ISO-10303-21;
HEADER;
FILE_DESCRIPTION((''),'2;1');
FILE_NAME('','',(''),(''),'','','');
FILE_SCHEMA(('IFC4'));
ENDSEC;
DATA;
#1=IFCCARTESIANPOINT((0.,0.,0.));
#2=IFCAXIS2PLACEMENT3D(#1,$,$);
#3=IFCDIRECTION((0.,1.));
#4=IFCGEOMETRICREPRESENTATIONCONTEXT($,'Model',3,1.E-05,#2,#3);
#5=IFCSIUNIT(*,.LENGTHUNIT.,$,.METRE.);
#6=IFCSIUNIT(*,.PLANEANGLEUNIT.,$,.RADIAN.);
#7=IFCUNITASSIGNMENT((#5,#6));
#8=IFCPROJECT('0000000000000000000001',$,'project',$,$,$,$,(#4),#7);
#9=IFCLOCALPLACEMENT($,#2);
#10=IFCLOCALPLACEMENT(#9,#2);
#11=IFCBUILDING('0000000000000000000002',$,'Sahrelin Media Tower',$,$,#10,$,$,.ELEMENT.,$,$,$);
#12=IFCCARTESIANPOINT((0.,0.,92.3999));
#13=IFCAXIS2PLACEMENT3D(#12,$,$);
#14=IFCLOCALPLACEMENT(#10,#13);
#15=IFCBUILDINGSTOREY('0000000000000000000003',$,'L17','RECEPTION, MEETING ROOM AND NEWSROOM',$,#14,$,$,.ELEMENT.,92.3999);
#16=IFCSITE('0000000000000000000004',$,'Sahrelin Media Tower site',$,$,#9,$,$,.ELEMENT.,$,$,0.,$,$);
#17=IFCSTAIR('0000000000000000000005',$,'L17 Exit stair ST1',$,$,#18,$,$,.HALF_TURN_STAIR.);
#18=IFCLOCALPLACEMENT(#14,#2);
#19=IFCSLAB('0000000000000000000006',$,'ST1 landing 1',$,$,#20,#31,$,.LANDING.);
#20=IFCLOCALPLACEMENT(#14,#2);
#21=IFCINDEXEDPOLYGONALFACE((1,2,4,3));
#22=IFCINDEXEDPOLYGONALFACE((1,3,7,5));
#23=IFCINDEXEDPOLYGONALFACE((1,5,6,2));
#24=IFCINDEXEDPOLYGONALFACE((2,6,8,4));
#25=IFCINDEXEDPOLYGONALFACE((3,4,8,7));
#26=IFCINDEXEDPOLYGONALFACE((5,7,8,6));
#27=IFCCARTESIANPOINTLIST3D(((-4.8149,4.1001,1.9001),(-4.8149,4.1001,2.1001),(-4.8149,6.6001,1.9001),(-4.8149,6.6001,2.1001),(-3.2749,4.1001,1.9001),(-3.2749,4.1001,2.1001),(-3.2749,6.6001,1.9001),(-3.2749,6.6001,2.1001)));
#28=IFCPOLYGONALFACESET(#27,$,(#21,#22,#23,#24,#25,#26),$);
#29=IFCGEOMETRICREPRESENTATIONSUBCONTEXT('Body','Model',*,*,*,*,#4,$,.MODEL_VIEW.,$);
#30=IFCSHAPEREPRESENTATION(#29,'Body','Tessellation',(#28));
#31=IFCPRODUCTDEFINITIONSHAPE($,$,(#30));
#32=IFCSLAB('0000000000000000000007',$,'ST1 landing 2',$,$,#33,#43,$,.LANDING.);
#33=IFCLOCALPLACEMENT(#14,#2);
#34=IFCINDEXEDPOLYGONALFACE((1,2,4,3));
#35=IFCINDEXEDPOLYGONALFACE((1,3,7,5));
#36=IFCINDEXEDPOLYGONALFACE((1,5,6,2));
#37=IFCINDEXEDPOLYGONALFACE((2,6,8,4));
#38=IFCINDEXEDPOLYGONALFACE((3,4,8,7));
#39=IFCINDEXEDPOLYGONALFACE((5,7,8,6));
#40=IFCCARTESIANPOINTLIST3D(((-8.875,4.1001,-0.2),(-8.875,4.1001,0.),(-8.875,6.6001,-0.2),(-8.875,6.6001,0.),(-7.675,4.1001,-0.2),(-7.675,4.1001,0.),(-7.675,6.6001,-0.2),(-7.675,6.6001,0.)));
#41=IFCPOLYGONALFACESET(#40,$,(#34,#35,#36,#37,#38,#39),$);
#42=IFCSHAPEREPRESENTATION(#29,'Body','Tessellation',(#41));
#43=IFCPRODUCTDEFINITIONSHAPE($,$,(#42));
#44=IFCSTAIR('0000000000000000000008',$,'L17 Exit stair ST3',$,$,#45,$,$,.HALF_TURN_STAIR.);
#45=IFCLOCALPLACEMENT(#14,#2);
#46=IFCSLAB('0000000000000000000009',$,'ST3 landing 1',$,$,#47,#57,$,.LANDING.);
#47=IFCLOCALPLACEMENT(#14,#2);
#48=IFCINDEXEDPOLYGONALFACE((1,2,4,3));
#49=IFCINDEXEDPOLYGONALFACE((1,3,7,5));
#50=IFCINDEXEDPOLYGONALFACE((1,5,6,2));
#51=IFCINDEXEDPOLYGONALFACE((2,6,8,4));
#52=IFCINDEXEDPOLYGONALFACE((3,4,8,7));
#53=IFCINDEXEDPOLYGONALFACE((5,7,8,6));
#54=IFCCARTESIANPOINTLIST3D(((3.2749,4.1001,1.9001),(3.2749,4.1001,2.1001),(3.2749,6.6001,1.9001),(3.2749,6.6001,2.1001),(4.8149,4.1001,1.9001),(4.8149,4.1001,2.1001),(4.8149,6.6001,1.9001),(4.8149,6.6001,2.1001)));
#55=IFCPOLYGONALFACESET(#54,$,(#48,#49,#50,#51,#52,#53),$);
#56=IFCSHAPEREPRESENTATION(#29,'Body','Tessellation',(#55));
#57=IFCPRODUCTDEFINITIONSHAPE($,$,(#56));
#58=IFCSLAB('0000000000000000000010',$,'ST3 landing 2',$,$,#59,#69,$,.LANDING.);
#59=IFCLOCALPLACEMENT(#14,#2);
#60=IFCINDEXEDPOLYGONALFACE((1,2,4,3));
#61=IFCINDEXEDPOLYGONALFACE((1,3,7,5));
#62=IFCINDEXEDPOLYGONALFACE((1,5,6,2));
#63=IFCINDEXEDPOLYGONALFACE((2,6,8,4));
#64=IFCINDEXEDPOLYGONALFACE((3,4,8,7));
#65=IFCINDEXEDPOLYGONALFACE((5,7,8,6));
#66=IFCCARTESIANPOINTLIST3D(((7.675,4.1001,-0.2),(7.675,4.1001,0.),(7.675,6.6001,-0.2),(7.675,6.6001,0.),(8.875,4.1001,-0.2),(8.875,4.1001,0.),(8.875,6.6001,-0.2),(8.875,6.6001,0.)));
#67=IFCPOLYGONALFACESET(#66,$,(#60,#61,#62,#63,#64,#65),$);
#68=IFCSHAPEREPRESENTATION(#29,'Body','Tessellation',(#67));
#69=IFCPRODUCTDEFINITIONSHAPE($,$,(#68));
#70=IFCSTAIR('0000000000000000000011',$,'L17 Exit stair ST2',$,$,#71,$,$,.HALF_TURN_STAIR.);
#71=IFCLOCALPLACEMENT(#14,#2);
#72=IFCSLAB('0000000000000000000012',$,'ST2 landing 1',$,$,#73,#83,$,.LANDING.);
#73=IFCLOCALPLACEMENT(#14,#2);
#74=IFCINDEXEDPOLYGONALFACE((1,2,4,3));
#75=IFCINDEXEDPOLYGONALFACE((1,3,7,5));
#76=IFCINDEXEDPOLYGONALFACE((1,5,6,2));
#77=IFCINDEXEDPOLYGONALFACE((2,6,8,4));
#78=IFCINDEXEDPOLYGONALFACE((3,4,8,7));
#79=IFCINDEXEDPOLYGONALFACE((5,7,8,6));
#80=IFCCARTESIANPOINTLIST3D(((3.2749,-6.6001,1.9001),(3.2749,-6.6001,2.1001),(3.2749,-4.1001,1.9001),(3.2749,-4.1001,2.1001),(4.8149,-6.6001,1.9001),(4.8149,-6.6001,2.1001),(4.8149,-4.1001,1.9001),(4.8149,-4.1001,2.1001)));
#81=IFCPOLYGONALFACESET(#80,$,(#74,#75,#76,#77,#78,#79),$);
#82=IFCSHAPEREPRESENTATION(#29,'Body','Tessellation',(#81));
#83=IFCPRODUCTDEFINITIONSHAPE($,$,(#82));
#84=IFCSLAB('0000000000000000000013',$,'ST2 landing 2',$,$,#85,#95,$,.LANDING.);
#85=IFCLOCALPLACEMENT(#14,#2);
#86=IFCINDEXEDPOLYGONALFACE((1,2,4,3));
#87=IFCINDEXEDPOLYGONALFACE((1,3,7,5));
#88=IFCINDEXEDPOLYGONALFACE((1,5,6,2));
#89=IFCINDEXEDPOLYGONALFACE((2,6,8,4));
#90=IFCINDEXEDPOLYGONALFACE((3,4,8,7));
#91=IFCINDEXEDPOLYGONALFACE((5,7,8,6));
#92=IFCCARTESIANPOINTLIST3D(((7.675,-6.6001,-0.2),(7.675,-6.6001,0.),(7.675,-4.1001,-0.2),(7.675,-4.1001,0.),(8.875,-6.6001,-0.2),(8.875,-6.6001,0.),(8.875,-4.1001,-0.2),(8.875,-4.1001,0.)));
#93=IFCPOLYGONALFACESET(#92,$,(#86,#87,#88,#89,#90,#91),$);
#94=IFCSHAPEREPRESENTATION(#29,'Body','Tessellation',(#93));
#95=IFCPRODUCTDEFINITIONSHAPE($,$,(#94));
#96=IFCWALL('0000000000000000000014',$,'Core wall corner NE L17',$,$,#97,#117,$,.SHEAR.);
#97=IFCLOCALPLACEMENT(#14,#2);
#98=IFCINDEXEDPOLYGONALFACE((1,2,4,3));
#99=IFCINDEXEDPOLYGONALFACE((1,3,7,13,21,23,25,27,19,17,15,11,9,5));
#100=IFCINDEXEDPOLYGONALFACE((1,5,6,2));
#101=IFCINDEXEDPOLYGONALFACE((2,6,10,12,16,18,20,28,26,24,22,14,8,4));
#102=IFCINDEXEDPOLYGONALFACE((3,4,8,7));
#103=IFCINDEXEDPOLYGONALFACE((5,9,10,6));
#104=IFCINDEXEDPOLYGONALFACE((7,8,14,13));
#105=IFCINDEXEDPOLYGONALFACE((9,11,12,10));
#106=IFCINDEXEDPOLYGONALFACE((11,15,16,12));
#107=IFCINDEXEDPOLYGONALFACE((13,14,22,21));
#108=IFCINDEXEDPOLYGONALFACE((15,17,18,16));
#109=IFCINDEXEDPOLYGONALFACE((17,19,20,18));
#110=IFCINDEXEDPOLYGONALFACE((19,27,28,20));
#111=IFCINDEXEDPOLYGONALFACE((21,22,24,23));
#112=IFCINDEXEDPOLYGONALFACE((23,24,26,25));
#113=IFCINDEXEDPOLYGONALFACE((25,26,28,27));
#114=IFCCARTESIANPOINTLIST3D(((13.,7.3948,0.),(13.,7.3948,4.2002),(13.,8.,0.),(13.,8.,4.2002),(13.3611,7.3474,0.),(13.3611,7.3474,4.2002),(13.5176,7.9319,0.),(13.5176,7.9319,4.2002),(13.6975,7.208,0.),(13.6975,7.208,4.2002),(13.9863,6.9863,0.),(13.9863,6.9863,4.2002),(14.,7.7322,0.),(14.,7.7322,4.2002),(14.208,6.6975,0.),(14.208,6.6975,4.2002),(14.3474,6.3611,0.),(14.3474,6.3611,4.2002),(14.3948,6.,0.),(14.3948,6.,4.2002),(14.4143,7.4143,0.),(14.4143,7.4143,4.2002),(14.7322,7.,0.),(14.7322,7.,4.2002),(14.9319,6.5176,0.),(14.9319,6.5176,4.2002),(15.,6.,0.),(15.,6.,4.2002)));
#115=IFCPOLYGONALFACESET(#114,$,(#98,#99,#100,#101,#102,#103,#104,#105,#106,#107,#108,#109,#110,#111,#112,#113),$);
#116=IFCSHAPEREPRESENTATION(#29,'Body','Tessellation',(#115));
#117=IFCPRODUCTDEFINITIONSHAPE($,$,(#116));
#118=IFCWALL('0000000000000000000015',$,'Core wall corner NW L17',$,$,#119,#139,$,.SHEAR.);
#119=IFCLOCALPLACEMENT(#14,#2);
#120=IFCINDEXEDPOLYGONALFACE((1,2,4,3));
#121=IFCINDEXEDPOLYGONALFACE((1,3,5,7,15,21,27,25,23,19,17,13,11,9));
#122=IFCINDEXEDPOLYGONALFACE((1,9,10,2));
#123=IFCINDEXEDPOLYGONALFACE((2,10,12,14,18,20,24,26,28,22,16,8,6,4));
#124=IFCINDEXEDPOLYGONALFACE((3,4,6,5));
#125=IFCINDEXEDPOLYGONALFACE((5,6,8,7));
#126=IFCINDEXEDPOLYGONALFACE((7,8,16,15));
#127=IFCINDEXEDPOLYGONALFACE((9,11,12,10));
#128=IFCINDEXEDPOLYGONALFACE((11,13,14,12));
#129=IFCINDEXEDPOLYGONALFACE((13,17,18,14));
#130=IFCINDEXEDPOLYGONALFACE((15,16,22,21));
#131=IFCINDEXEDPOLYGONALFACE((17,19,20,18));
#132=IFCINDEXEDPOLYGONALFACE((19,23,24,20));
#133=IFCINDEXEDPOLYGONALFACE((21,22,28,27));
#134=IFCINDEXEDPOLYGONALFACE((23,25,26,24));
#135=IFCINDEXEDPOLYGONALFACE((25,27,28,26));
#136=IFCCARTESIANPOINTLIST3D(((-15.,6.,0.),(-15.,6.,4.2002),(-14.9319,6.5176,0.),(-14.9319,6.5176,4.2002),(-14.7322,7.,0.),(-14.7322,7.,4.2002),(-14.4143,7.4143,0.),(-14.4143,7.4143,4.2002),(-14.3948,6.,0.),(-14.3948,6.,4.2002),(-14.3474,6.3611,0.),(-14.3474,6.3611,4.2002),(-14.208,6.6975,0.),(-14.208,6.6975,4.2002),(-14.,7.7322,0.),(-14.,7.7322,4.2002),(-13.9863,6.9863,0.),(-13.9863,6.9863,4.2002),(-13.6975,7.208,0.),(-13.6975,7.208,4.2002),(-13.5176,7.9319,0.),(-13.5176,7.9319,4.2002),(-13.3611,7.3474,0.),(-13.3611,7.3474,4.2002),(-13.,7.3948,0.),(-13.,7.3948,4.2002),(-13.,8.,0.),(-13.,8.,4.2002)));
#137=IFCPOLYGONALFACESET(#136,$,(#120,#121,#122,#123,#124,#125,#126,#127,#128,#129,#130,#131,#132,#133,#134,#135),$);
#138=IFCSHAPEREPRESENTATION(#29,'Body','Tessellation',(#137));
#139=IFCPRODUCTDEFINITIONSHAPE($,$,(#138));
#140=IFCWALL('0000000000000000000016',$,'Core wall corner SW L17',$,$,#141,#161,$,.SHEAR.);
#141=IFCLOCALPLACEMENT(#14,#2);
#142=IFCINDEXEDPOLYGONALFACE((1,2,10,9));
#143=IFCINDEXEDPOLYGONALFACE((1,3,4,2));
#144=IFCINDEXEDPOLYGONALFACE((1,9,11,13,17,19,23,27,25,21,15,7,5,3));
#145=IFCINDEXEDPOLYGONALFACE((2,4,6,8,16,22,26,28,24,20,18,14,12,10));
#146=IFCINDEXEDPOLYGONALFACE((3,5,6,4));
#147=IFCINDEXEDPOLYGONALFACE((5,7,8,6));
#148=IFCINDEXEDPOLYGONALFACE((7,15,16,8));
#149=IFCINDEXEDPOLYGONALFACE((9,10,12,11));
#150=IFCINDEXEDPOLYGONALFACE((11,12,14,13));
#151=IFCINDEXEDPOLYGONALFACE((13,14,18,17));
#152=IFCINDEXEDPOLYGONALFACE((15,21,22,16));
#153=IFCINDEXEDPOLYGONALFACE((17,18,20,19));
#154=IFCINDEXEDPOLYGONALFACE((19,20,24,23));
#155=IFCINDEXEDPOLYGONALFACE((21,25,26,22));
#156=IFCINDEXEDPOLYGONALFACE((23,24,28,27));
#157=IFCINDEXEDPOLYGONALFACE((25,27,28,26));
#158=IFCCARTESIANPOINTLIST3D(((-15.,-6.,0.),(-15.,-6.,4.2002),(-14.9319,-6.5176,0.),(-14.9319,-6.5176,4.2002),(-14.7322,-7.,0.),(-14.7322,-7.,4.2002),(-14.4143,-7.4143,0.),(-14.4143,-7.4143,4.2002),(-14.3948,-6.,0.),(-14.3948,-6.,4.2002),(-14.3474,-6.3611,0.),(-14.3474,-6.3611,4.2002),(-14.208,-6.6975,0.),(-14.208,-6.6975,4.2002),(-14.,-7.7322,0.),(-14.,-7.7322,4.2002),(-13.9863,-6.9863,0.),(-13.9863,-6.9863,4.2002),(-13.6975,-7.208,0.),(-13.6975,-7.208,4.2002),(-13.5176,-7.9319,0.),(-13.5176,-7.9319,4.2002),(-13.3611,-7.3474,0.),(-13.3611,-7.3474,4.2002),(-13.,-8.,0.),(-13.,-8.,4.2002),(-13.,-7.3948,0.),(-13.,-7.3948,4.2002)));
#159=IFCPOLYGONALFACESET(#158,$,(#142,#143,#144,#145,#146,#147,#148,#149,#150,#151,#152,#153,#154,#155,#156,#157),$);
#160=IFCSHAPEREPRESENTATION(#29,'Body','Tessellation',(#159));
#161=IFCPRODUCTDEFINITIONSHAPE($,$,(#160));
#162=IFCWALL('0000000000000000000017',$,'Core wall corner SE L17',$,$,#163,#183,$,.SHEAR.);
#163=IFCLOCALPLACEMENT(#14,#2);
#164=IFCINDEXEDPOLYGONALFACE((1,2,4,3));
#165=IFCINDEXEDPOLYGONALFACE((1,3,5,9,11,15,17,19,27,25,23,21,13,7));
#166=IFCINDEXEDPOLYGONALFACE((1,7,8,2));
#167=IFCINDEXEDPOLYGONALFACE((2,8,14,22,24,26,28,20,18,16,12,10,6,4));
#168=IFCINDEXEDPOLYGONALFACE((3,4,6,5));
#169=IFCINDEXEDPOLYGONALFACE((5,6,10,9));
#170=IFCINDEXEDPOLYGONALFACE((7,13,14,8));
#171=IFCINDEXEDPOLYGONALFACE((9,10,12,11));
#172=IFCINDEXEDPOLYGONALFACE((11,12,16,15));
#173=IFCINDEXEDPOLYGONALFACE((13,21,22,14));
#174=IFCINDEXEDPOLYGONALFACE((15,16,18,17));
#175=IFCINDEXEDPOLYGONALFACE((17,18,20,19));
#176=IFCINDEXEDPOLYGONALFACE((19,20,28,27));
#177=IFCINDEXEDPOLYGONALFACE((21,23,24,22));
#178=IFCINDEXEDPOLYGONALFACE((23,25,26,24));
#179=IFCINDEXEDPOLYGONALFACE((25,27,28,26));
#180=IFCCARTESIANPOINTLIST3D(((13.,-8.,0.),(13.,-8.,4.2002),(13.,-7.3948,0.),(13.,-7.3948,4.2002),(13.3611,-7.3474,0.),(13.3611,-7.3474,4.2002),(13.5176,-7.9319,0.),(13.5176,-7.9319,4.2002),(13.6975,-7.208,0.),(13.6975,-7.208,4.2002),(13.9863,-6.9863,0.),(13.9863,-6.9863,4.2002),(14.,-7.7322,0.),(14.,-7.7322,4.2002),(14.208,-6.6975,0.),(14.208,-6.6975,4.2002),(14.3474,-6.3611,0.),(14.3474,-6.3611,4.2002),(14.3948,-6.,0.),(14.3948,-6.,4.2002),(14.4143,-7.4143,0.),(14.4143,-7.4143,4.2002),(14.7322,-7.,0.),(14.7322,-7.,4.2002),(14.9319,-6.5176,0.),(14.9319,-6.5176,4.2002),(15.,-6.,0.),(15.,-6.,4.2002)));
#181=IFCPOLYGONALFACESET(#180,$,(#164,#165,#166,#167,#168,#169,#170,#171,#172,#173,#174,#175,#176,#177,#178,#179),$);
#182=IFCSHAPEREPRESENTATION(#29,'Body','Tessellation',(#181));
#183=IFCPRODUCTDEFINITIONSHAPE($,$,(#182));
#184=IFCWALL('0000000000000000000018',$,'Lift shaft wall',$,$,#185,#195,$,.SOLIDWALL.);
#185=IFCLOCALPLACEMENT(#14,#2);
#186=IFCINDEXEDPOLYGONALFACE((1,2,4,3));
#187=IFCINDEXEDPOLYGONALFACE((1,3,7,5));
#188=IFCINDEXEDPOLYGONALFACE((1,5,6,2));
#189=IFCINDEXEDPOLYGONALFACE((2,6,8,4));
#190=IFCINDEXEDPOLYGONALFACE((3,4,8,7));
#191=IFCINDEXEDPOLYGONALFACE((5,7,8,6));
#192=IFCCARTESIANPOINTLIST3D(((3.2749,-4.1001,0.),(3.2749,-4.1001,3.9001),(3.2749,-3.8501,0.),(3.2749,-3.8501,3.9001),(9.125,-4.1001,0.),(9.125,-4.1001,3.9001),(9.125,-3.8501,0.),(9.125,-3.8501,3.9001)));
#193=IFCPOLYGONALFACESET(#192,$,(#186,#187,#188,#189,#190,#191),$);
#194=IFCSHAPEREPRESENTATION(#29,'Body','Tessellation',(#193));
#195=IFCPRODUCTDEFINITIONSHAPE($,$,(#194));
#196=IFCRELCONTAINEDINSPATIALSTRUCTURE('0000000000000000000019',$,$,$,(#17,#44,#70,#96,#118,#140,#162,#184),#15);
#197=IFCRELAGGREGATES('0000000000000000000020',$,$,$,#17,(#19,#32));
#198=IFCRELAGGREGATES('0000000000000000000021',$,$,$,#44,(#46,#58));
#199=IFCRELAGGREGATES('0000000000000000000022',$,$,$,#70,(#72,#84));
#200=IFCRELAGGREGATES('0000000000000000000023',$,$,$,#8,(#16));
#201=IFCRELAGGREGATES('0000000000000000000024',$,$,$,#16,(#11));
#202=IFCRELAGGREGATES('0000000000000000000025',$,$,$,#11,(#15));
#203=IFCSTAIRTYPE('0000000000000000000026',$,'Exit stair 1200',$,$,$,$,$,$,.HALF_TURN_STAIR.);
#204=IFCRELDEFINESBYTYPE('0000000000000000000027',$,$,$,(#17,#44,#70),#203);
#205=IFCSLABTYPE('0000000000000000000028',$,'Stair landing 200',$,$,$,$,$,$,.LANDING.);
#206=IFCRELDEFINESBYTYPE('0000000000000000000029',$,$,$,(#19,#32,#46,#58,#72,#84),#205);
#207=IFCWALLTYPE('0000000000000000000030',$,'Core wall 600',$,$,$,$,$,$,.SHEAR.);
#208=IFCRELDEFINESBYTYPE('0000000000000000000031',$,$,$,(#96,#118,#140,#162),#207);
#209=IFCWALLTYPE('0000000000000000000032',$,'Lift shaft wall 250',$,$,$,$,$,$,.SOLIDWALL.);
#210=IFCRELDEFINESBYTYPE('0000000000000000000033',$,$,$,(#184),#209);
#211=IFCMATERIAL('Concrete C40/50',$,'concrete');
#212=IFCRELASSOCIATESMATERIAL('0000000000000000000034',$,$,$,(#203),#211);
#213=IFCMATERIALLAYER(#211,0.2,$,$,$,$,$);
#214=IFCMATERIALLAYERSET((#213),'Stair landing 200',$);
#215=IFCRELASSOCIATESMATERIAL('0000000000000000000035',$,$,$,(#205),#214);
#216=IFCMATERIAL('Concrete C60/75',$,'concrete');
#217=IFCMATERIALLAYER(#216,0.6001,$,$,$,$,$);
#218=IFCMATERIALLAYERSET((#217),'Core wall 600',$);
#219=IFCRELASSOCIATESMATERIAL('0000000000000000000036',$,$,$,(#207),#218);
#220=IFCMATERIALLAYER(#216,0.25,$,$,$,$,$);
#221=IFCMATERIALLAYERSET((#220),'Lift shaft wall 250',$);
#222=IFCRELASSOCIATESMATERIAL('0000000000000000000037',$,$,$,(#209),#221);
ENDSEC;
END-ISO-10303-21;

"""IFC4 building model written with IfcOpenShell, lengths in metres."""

from ifc_helpers import new_model, si_unit, direction, frame, frame_2d, origin, place, context, subcontext, project, spatial, polyline, rectangle, outline, extrude, material, layer, layer_set, type_object, element, aggregate, save


model = new_model("IFC4")

# Units and contexts
model_context = context("Model", 3, precision=1e-05, world=origin(), true_north=direction((0.0, 1.0)))
body_context = subcontext(model_context, "Body", "Model", "MODEL_VIEW")
ifc_project = project(units=[si_unit("LENGTHUNIT", "METRE"), si_unit("PLANEANGLEUNIT", "RADIAN")], contexts=[model_context])

# Site, building, storey
site_placement = place(None, origin())
site = spatial("IfcSite", under=ifc_project, at=site_placement, Name="Sahrelin Media Tower site", CompositionType="ELEMENT", RefElevation=0.0)
building_placement = place(site_placement, origin())
building = spatial("IfcBuilding", under=site, at=building_placement, Name="Sahrelin Media Tower", CompositionType="ELEMENT")
storey_placement = place(building_placement, frame((0.0, 0.0, 92.3999)))
storey = spatial("IfcBuildingStorey", under=building, at=storey_placement, Name="L17", Description="RECEPTION, MEETING ROOM AND NEWSROOM", CompositionType="ELEMENT", Elevation=92.3999)

# Stairs, slabs
ifc_material_1 = material(Name="Concrete C40/50", Category="concrete")
stair_type = type_object("IfcStairType", Name="Exit stair 1200", PredefinedType="HALF_TURN_STAIR", material=ifc_material_1)
placement_1 = place(storey_placement, origin())
stair_1 = element("IfcStair", 1, at=placement_1, inside=storey, type_object=stair_type, Name="L17 Exit stair ST1", PredefinedType="HALF_TURN_STAIR")
ifc_layer_1 = layer(ifc_material_1, 0.2)
ifc_layer_set_1 = layer_set([ifc_layer_1], Name="Stair landing 200")
slab_type = type_object("IfcSlabType", Name="Stair landing 200", PredefinedType="LANDING", material=ifc_layer_set_1)
placement_2 = place(storey_placement, frame((0.0, 0.0, 1.9001)))
slab_1 = element("IfcSlab", 2, at=placement_2, type_object=slab_type, Name="ST1 landing 1", PredefinedType="LANDING", context=body_context, shape_type="SweptSolid", body=[
    extrude(outline(polyline([(-4.8149, 4.1001), (-3.2749, 4.1001), (-3.2749, 6.6001), (-4.8149, 6.6001), (-4.8149, 4.1001)])), origin(), (0.0, 0.0, 1.0), 0.2),
])
placement_3 = place(storey_placement, frame((0.0, 0.0, -0.2)))
slab_2 = element("IfcSlab", 3, at=placement_3, type_object=slab_type, Name="ST1 landing 2", PredefinedType="LANDING", context=body_context, shape_type="SweptSolid", body=[
    extrude(outline(polyline([(-8.875, 4.1001), (-7.675, 4.1001), (-7.675, 6.6001), (-8.875, 6.6001), (-8.875, 4.1001)])), origin(), (0.0, 0.0, 1.0), 0.2),
])
aggregate(stair_1, [slab_1, slab_2])
stair_2 = element("IfcStair", 4, at=placement_1, inside=storey, type_object=stair_type, Name="L17 Exit stair ST3", PredefinedType="HALF_TURN_STAIR")
slab_3 = element("IfcSlab", 5, at=placement_2, type_object=slab_type, Name="ST3 landing 1", PredefinedType="LANDING", context=body_context, shape_type="SweptSolid", body=[
    extrude(outline(polyline([(4.8149, 6.6001), (3.2749, 6.6001), (3.2749, 4.1001), (4.8149, 4.1001), (4.8149, 6.6001)])), origin(), (0.0, 0.0, 1.0), 0.2),
])
slab_4 = element("IfcSlab", 6, at=placement_3, type_object=slab_type, Name="ST3 landing 2", PredefinedType="LANDING", context=body_context, shape_type="SweptSolid", body=[
    extrude(outline(polyline([(8.875, 6.6001), (7.675, 6.6001), (7.675, 4.1001), (8.875, 4.1001), (8.875, 6.6001)])), origin(), (0.0, 0.0, 1.0), 0.2),
])
aggregate(stair_2, [slab_3, slab_4])
stair_3 = element("IfcStair", 7, at=placement_1, inside=storey, type_object=stair_type, Name="L17 Exit stair ST2", PredefinedType="HALF_TURN_STAIR")
slab_5 = element("IfcSlab", 8, at=placement_2, type_object=slab_type, Name="ST2 landing 1", PredefinedType="LANDING", context=body_context, shape_type="SweptSolid", body=[
    extrude(outline(polyline([(4.8149, -4.1001), (3.2749, -4.1001), (3.2749, -6.6001), (4.8149, -6.6001), (4.8149, -4.1001)])), origin(), (0.0, 0.0, 1.0), 0.2),
])
slab_6 = element("IfcSlab", 9, at=placement_3, type_object=slab_type, Name="ST2 landing 2", PredefinedType="LANDING", context=body_context, shape_type="SweptSolid", body=[
    extrude(outline(polyline([(8.875, -4.1001), (7.675, -4.1001), (7.675, -6.6001), (8.875, -6.6001), (8.875, -4.1001)])), origin(), (0.0, 0.0, 1.0), 0.2),
])
aggregate(stair_3, [slab_5, slab_6])

# Walls
ifc_material_2 = material(Name="Concrete C60/75", Category="concrete")
ifc_layer_2 = layer(ifc_material_2, 0.6001)
ifc_layer_set_2 = layer_set([ifc_layer_2], Name="Core wall 600")
wall_type_1 = type_object("IfcWallType", Name="Core wall 600", PredefinedType="SHEAR", material=ifc_layer_set_2)
element("IfcWall", 10, at=placement_1, inside=storey, type_object=wall_type_1, Name="Core wall corner NE L17", PredefinedType="SHEAR", context=body_context, shape_type="SweptSolid", body=[
    extrude(outline(polyline([(13.0, 8.0), (13.0, 7.3948), (13.3611, 7.3474), (13.6975, 7.208), (13.9863, 6.9863), (14.208, 6.6975), (14.3474, 6.3611), (14.3948, 6.0), (15.0, 6.0), (14.9319, 6.5176), (14.7322, 7.0), (14.4143, 7.4143), (14.0, 7.7322), (13.5176, 7.9319), (13.0, 8.0)])), origin(), (0.0, 0.0, 1.0), 4.2002),
])
element("IfcWall", 11, at=placement_1, inside=storey, type_object=wall_type_1, Name="Core wall corner NW L17", PredefinedType="SHEAR", context=body_context, shape_type="SweptSolid", body=[
    extrude(outline(polyline([(-15.0, 6.0), (-14.3948, 6.0), (-14.3474, 6.3611), (-14.208, 6.6975), (-13.9863, 6.9863), (-13.6975, 7.208), (-13.3611, 7.3474), (-13.0, 7.3948), (-13.0, 8.0), (-13.5176, 7.9319), (-14.0, 7.7322), (-14.4143, 7.4143), (-14.7322, 7.0), (-14.9319, 6.5176), (-15.0, 6.0)])), origin(), (0.0, 0.0, 1.0), 4.2002),
])
element("IfcWall", 12, at=placement_1, inside=storey, type_object=wall_type_1, Name="Core wall corner SW L17", PredefinedType="SHEAR", context=body_context, shape_type="SweptSolid", body=[
    extrude(outline(polyline([(-13.0, -8.0), (-13.0, -7.3948), (-13.3611, -7.3474), (-13.6975, -7.208), (-13.9863, -6.9863), (-14.208, -6.6975), (-14.3474, -6.3611), (-14.3948, -6.0), (-15.0, -6.0), (-14.9319, -6.5176), (-14.7322, -7.0), (-14.4143, -7.4143), (-14.0, -7.7322), (-13.5176, -7.9319), (-13.0, -8.0)])), origin(), (0.0, 0.0, 1.0), 4.2002),
])
element("IfcWall", 13, at=placement_1, inside=storey, type_object=wall_type_1, Name="Core wall corner SE L17", PredefinedType="SHEAR", context=body_context, shape_type="SweptSolid", body=[
    extrude(outline(polyline([(15.0, -6.0), (14.3948, -6.0), (14.3474, -6.3611), (14.208, -6.6975), (13.9863, -6.9863), (13.6975, -7.208), (13.3611, -7.3474), (13.0, -7.3948), (13.0, -8.0), (13.5176, -7.9319), (14.0, -7.7322), (14.4143, -7.4143), (14.7322, -7.0), (14.9319, -6.5176), (15.0, -6.0)])), origin(), (0.0, 0.0, 1.0), 4.2002),
])
ifc_layer_3 = layer(ifc_material_2, 0.25)
ifc_layer_set_3 = layer_set([ifc_layer_3], Name="Lift shaft wall 250")
wall_type_2 = type_object("IfcWallType", Name="Lift shaft wall 250", PredefinedType="SOLIDWALL", material=ifc_layer_set_3)
wall_1_placement = place(storey_placement, frame((3.2749, -3.9751, 0.0), z_axis=(0.0, 0.0, 1.0), x_axis=(1.0, 0.0, 0.0)))
element("IfcWall", 14, at=wall_1_placement, inside=storey, type_object=wall_type_2, Name="Lift shaft wall", PredefinedType="SOLIDWALL", context=body_context, shape_type="SweptSolid", body=[
    extrude(rectangle(XDim=5.8501, YDim=0.25, at=frame_2d((2.925, 0.0))), origin(), (0.0, 0.0, 1.0), 3.9001),
])

save(model, "model.ifc")
